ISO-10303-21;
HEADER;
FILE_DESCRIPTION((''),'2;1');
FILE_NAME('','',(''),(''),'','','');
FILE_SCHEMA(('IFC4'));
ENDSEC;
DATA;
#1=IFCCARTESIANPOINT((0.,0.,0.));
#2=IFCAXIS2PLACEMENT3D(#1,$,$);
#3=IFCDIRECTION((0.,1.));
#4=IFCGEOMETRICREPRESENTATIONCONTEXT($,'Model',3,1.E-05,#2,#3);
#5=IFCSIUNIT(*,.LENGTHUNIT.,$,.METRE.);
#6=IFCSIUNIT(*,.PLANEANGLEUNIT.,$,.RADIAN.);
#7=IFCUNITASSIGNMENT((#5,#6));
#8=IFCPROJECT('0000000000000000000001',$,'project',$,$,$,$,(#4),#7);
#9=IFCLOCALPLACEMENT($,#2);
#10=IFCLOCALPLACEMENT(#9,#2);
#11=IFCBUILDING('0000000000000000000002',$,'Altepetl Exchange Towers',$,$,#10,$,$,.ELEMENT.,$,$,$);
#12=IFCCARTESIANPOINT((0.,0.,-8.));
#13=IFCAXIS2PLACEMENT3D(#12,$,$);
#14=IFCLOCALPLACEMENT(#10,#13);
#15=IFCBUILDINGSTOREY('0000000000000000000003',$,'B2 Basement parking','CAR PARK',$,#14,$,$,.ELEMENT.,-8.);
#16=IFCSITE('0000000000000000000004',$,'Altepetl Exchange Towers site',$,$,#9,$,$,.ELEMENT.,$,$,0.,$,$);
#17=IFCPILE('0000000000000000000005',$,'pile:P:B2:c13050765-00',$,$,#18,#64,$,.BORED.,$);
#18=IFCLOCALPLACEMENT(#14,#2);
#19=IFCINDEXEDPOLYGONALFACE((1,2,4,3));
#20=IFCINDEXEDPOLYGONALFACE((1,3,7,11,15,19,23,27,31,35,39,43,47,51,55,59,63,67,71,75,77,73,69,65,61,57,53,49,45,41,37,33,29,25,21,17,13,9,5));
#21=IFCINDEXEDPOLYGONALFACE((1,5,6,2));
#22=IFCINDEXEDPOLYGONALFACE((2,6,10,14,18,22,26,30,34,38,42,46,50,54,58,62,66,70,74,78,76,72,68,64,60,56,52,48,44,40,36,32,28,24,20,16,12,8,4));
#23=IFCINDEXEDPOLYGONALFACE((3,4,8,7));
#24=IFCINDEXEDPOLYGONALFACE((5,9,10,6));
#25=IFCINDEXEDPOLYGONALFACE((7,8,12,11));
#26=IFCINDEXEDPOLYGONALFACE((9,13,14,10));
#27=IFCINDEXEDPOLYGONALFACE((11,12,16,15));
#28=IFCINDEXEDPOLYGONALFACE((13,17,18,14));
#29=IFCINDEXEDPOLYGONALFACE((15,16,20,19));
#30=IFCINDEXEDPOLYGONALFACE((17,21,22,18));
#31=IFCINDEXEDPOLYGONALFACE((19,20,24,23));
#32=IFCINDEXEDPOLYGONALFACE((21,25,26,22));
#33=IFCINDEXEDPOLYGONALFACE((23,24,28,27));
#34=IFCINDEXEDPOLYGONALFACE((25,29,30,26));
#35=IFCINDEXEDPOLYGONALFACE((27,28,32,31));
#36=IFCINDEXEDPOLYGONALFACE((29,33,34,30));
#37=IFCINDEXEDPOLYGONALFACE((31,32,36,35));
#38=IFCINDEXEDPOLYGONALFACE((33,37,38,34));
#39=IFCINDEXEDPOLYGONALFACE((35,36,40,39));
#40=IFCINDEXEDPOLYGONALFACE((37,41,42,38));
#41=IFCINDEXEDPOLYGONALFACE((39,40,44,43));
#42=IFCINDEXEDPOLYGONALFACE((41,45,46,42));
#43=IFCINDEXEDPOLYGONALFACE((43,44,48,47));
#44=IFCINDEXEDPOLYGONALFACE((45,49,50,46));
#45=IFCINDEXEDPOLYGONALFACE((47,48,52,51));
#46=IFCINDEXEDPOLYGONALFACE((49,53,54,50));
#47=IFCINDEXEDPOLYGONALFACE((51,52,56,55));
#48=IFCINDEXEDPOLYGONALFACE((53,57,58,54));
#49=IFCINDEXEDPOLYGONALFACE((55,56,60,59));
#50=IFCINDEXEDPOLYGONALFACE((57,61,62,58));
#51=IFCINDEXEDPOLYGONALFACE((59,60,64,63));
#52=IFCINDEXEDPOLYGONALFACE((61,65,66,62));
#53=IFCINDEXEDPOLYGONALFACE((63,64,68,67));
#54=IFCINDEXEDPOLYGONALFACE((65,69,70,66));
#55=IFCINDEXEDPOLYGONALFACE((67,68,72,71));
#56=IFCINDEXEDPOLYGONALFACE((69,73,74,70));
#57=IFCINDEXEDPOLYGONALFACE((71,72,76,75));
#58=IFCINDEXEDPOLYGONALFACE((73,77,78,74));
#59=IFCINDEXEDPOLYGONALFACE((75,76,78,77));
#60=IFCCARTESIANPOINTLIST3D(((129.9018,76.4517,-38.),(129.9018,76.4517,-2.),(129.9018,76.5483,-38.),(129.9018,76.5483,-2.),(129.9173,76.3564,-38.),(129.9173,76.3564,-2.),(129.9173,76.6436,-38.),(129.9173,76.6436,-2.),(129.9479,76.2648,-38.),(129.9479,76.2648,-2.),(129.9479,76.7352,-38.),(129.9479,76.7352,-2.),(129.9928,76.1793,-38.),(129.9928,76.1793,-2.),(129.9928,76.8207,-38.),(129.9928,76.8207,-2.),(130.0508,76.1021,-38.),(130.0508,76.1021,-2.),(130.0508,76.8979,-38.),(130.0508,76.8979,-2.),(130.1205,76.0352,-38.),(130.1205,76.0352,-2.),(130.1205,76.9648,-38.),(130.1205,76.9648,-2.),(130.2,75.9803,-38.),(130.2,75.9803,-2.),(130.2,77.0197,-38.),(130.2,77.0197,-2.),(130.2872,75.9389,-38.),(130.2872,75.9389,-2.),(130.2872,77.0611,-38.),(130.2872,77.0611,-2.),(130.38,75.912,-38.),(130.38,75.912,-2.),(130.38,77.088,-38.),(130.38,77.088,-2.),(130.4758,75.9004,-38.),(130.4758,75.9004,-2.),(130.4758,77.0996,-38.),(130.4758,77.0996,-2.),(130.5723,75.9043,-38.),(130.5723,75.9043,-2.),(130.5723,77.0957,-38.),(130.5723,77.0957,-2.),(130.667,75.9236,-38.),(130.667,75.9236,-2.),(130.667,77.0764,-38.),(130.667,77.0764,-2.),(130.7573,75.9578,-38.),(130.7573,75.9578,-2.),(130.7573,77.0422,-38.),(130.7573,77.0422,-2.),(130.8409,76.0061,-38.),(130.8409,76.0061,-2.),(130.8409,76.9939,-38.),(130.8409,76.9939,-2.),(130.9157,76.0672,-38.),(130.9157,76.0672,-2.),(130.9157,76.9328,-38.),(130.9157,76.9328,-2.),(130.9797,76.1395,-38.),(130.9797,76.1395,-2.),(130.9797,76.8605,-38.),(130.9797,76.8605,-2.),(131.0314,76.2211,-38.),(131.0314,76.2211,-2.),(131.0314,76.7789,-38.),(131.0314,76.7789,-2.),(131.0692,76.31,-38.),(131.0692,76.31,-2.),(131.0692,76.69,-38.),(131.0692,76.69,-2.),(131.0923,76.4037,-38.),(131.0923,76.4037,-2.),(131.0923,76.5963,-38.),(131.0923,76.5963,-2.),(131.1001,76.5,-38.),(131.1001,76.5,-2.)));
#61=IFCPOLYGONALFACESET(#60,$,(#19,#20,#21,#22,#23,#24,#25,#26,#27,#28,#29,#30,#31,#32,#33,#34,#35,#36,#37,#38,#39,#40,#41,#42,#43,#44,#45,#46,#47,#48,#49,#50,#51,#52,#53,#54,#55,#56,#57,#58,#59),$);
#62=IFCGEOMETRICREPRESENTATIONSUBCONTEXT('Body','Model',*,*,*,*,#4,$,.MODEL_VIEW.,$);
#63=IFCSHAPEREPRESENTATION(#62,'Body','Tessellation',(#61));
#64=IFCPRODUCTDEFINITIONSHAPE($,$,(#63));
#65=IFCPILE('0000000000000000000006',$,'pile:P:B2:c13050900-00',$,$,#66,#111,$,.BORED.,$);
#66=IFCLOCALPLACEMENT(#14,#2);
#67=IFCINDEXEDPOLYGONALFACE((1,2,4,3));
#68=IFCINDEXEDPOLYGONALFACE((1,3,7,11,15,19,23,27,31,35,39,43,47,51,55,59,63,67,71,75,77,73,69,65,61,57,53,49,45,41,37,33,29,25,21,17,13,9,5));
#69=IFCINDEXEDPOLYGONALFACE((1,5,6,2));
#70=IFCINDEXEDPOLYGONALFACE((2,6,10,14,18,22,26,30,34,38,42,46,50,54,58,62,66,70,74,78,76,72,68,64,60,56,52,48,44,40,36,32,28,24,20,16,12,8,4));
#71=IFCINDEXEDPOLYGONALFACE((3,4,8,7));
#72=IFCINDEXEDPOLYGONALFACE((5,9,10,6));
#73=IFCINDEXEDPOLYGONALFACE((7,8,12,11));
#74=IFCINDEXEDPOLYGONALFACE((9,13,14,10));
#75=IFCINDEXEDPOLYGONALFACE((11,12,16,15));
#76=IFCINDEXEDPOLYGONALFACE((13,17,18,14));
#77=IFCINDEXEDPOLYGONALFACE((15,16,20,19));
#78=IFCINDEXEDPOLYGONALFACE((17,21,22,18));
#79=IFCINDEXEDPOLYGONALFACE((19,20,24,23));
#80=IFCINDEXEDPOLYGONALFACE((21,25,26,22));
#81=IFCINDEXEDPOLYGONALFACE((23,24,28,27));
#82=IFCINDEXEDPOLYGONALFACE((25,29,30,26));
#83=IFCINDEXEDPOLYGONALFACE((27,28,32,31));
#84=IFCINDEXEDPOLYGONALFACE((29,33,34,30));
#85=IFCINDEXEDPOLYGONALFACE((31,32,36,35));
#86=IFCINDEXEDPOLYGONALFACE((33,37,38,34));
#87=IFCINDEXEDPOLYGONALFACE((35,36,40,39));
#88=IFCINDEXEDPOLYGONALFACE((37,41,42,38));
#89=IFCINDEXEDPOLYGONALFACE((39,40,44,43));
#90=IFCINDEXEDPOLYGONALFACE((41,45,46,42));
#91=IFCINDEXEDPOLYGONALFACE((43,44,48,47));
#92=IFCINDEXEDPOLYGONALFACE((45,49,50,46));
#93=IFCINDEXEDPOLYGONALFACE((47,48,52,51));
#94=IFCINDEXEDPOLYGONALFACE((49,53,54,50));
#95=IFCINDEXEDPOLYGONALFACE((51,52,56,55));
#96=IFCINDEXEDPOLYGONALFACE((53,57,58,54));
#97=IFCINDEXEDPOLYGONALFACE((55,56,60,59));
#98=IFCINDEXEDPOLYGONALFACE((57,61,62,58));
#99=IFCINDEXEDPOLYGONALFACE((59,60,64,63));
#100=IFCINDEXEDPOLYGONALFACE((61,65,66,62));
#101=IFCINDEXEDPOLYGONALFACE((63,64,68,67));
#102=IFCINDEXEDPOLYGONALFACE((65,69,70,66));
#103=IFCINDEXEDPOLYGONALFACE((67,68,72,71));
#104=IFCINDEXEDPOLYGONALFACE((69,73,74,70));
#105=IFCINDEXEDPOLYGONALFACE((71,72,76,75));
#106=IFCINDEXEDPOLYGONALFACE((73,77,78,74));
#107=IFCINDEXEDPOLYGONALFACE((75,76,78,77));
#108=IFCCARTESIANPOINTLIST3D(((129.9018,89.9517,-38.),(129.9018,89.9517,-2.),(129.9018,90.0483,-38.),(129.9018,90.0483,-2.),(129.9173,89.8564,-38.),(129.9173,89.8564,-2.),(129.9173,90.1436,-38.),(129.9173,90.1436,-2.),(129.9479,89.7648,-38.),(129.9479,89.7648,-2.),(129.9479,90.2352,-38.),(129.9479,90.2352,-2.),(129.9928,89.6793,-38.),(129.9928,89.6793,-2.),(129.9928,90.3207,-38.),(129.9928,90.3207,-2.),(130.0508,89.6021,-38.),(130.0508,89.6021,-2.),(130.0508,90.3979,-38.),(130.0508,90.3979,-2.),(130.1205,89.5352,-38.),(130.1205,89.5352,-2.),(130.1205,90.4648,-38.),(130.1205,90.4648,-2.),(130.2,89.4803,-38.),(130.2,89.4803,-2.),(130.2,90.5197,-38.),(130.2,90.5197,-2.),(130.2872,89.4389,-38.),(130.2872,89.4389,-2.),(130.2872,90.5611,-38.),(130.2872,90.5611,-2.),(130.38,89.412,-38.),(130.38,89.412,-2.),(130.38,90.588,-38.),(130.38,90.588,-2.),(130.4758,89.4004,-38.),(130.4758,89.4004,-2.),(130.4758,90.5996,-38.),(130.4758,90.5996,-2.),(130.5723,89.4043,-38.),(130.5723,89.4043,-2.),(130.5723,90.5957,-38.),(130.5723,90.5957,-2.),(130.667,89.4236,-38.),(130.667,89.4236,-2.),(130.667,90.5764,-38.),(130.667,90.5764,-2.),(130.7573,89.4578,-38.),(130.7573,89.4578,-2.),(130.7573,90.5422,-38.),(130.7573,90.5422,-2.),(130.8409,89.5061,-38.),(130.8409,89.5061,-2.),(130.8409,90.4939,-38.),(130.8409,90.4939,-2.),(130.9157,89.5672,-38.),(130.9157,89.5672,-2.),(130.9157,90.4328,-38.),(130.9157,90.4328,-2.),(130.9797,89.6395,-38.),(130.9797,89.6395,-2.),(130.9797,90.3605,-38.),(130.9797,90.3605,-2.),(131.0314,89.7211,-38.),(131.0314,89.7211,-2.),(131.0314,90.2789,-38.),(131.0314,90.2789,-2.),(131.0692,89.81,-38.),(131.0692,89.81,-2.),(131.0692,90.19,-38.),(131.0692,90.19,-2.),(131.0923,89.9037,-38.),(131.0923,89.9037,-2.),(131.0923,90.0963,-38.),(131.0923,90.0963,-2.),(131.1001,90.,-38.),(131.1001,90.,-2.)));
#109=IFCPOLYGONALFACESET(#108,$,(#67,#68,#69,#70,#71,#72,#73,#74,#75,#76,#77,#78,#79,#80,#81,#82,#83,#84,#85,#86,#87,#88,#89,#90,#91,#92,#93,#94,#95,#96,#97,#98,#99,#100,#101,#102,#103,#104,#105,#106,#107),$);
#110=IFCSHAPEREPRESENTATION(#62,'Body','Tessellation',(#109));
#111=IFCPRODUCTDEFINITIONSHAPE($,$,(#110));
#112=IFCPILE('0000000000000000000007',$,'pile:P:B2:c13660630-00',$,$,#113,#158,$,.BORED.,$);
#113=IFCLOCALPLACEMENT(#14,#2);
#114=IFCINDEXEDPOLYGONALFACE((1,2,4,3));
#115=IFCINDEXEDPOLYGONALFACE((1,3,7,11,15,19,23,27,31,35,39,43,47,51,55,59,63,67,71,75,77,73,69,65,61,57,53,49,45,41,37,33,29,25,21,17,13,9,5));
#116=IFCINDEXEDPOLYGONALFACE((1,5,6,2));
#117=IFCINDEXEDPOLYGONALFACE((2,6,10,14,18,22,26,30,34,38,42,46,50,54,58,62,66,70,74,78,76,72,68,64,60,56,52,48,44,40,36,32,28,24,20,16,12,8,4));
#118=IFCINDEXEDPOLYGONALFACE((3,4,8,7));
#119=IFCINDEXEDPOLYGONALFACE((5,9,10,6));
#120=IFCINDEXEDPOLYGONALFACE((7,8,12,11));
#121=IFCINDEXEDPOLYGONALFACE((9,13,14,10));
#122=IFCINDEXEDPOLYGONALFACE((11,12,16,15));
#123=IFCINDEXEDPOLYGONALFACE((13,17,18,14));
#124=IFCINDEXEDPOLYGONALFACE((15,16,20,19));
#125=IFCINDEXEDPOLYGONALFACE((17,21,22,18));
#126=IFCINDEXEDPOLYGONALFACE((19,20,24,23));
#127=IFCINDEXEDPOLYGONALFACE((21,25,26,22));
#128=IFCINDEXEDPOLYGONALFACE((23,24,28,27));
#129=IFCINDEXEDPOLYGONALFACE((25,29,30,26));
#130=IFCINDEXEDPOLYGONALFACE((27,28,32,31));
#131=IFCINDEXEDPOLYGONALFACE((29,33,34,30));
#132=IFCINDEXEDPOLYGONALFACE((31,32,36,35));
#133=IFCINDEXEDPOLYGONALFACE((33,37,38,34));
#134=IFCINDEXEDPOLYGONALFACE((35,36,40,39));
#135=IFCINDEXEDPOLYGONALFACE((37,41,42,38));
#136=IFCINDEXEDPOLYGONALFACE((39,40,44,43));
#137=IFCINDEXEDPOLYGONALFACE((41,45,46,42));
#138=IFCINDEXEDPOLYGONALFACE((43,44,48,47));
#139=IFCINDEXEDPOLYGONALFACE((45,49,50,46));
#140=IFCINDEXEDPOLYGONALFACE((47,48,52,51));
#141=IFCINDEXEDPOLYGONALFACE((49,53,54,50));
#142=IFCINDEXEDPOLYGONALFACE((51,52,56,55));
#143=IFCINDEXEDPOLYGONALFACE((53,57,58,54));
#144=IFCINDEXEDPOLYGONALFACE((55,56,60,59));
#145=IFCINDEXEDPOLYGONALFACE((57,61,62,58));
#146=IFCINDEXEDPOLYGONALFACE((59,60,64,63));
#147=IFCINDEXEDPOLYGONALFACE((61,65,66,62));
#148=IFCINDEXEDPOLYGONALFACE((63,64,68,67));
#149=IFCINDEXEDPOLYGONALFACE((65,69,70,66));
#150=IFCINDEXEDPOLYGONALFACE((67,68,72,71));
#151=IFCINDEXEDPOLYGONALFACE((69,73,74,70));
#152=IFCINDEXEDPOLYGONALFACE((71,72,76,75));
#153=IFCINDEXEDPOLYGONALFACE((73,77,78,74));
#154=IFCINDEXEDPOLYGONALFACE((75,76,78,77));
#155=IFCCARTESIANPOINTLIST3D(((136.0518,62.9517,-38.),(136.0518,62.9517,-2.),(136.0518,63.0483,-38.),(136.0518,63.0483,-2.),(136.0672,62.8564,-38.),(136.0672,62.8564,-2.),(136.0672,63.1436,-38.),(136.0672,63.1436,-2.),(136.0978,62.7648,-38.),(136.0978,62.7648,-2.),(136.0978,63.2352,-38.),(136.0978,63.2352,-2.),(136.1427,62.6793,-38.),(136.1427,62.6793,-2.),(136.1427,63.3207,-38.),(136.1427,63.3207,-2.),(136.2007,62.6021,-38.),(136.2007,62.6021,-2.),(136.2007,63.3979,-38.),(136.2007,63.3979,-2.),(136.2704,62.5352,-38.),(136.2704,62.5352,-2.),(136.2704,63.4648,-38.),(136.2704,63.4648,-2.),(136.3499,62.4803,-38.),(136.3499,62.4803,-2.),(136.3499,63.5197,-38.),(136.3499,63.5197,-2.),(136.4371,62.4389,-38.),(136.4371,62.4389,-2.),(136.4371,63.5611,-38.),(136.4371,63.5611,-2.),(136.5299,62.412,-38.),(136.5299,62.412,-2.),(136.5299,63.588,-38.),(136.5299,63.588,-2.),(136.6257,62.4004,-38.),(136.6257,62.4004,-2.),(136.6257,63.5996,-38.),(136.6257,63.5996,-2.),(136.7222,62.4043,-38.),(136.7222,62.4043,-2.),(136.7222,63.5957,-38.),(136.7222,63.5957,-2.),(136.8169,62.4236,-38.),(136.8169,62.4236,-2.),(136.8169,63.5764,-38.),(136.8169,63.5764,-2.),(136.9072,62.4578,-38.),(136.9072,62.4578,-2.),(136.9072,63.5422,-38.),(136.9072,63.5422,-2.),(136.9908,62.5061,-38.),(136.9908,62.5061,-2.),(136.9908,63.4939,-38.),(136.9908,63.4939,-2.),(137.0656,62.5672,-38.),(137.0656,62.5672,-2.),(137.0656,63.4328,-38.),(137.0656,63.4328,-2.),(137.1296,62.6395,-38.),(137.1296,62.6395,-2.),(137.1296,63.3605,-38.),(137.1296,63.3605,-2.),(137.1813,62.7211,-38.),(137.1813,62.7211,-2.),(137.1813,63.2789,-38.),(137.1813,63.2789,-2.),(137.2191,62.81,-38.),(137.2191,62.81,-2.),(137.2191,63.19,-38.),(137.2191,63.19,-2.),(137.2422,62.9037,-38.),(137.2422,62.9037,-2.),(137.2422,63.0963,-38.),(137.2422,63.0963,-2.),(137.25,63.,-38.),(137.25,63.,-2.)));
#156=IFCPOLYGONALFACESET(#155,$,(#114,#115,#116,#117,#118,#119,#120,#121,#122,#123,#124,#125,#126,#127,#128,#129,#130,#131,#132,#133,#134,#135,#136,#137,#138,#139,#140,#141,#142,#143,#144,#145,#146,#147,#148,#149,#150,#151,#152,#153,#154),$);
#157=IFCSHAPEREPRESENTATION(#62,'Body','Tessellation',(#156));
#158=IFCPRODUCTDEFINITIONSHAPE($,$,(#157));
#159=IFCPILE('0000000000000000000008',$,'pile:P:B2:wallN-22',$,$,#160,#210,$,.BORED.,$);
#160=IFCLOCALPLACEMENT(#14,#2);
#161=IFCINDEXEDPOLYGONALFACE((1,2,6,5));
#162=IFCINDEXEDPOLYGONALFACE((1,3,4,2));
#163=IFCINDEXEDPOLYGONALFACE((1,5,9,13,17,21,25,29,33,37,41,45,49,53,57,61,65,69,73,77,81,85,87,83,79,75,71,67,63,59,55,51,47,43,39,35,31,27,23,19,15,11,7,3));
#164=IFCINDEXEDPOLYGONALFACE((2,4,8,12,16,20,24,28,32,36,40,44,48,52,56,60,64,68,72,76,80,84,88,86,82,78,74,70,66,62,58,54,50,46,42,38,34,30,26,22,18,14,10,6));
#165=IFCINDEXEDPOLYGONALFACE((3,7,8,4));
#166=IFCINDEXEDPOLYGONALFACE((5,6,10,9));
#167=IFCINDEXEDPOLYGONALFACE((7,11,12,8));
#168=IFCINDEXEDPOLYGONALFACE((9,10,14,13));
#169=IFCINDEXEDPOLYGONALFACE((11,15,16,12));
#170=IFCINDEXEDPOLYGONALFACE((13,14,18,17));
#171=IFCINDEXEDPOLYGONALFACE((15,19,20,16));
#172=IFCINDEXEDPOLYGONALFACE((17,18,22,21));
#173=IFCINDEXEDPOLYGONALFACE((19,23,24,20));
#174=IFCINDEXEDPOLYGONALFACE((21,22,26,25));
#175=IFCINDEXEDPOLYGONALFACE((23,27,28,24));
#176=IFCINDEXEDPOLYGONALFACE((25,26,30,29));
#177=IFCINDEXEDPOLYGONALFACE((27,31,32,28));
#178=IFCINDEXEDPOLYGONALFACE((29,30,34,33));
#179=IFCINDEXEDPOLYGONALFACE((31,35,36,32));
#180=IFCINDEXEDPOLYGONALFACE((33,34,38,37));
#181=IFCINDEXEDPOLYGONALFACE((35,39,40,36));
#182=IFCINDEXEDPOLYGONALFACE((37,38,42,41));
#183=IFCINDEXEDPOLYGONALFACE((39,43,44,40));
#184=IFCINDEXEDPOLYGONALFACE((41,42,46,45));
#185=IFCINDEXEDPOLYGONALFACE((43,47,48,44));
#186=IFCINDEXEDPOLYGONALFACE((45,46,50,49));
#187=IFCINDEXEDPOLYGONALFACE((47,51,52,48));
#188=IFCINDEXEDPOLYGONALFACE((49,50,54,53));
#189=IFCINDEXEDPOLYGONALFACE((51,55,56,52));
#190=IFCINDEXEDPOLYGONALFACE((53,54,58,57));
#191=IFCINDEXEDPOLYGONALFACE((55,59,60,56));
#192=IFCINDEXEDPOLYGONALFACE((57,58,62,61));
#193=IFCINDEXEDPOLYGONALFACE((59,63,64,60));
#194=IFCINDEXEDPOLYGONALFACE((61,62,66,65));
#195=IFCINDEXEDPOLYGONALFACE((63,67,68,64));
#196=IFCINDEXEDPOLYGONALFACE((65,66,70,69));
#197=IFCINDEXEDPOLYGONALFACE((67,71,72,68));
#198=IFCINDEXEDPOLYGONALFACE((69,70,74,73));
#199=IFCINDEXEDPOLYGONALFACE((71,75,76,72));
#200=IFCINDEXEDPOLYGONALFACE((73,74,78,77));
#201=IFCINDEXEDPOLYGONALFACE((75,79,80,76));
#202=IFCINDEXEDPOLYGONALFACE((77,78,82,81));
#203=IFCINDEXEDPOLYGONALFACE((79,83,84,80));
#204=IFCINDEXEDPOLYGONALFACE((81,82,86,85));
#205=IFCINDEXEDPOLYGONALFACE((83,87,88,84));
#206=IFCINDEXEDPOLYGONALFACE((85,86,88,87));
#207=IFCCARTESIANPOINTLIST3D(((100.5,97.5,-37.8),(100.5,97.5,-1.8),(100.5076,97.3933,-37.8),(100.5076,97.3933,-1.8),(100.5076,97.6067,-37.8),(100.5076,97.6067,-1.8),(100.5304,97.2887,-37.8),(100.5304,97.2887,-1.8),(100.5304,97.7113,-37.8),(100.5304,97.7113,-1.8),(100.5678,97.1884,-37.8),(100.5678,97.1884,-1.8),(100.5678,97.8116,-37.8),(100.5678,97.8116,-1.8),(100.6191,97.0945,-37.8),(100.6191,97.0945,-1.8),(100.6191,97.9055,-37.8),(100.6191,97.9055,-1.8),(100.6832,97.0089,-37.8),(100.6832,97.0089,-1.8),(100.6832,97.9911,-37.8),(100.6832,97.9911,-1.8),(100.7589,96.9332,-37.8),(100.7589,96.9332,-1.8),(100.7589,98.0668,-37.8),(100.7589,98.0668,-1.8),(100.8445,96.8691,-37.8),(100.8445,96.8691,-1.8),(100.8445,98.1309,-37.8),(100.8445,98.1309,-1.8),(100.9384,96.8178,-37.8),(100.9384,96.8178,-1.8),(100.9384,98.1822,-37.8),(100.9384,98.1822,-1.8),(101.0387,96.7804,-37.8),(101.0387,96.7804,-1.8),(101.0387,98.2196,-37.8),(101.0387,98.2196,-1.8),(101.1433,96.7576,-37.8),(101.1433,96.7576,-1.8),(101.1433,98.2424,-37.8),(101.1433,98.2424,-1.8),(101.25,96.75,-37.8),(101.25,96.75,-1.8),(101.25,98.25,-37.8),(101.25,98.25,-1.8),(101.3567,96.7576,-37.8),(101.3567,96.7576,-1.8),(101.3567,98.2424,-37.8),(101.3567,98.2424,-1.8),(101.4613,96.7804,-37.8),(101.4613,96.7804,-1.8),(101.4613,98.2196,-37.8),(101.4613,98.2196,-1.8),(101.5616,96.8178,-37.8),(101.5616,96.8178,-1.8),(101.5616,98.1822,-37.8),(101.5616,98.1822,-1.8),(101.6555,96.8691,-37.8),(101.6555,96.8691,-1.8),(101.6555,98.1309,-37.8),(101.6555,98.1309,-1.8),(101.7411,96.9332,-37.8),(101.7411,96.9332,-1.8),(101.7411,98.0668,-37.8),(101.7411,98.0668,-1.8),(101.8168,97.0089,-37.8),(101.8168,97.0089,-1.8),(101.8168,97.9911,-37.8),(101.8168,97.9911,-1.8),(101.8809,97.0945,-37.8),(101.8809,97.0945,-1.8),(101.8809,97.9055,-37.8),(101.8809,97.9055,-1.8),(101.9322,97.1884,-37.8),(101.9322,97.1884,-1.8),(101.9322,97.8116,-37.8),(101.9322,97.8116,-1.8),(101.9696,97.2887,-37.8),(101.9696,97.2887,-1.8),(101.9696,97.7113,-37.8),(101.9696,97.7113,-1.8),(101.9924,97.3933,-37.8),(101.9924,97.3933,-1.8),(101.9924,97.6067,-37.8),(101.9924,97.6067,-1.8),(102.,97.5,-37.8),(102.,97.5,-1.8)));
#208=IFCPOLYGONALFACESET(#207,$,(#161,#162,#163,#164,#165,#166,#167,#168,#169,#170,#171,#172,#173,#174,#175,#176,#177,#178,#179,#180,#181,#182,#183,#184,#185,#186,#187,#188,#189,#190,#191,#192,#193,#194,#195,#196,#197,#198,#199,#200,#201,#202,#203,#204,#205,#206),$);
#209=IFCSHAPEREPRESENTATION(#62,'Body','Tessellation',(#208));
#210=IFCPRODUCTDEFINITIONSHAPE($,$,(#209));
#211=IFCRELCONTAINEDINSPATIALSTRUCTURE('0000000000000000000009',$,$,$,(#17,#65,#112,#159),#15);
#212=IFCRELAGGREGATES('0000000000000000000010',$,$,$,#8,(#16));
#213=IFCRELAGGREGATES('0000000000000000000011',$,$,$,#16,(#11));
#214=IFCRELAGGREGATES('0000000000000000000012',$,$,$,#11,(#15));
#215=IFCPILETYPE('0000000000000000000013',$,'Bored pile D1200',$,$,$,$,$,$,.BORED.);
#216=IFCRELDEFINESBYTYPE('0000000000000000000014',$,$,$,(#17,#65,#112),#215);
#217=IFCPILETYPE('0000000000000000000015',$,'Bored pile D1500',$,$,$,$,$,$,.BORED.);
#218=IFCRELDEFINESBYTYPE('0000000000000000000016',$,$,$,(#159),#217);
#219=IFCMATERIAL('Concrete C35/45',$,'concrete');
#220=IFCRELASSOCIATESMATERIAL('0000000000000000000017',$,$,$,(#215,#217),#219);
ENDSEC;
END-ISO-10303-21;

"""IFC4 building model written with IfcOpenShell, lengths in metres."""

from ifc_helpers import new_model, si_unit, direction, frame, origin, origin_2d, place, context, subcontext, project, spatial, circle, extrude, material, material_profile, profile_set, type_object, element, save


model = new_model("IFC4")

# Units and contexts
model_context = context("Model", 3, precision=1e-05, world=origin(), true_north=direction((0.0, 1.0)))
body_context = subcontext(model_context, "Body", "Model", "MODEL_VIEW")
ifc_project = project(units=[si_unit("LENGTHUNIT", "METRE"), si_unit("PLANEANGLEUNIT", "RADIAN")], contexts=[model_context])

# Site, building, storey
site_placement = place(None, origin())
site = spatial("IfcSite", under=ifc_project, at=site_placement, Name="Altepetl Exchange Towers site", CompositionType="ELEMENT", RefElevation=0.0)
building_placement = place(site_placement, origin())
building = spatial("IfcBuilding", under=site, at=building_placement, Name="Altepetl Exchange Towers", CompositionType="ELEMENT")
storey_placement = place(building_placement, frame((0.0, 0.0, -8.0)))
storey = spatial("IfcBuildingStorey", under=building, at=storey_placement, Name="B2 Basement parking", Description="CAR PARK", CompositionType="ELEMENT", Elevation=-8.0)

# Piles
ifc_material_1 = material(Name="Concrete C35/45", Category="concrete")
ifc_material_profile_1 = material_profile(ifc_material_1, circle(Radius=0.6001, at=origin_2d()), Name="D1200")
ifc_profile_set_1 = profile_set([ifc_material_profile_1], Name="Concrete C35/45")
pile_type_1 = type_object("IfcPileType", Name="Bored pile D1200", PredefinedType="BORED", material=ifc_profile_set_1)
for number, where, z_axis, x_axis, name in (
    (1, (130.5, 76.5, -2.0), (0.0, 0.0, -1.0), (1.0, 0.0, 0.0), "pile:P:B2:c13050765-00"),
    (2, (130.5, 90.0, -2.0), (0.0, 0.0, -1.0), (1.0, 0.0, 0.0), "pile:P:B2:c13050900-00"),
    (3, (136.6499, 63.0, -2.0), (0.0, 0.0, -1.0), (1.0, 0.0, 0.0), "pile:P:B2:c13660630-00"),
):
    element("IfcPile", number, at=place(storey_placement, frame(where, z_axis=z_axis, x_axis=x_axis)), inside=storey, type_object=pile_type_1, Name=name, PredefinedType="BORED", context=body_context, shape_type="SweptSolid", body=[
        extrude(circle(Radius=0.6001, at=origin_2d()), origin(), (0.0, 0.0, 1.0), 36.0),
    ])
ifc_material_profile_2 = material_profile(ifc_material_1, circle(Radius=0.75, at=origin_2d()), Name="D1500")
ifc_profile_set_2 = profile_set([ifc_material_profile_2], Name="Concrete C35/45")
pile_type_2 = type_object("IfcPileType", Name="Bored pile D1500", PredefinedType="BORED", material=ifc_profile_set_2)
for number, where, z_axis, x_axis, name in (
    (4, (101.25, 97.5, -1.8), (0.0, 0.0, -1.0), (1.0, 0.0, 0.0), "pile:P:B2:wallN-22"),
):
    element("IfcPile", number, at=place(storey_placement, frame(where, z_axis=z_axis, x_axis=x_axis)), inside=storey, type_object=pile_type_2, Name=name, PredefinedType="BORED", context=body_context, shape_type="SweptSolid", body=[
        extrude(circle(Radius=0.75, at=origin_2d()), origin(), (0.0, 0.0, 1.0), 36.0),
    ])

save(model, "model.ifc")
